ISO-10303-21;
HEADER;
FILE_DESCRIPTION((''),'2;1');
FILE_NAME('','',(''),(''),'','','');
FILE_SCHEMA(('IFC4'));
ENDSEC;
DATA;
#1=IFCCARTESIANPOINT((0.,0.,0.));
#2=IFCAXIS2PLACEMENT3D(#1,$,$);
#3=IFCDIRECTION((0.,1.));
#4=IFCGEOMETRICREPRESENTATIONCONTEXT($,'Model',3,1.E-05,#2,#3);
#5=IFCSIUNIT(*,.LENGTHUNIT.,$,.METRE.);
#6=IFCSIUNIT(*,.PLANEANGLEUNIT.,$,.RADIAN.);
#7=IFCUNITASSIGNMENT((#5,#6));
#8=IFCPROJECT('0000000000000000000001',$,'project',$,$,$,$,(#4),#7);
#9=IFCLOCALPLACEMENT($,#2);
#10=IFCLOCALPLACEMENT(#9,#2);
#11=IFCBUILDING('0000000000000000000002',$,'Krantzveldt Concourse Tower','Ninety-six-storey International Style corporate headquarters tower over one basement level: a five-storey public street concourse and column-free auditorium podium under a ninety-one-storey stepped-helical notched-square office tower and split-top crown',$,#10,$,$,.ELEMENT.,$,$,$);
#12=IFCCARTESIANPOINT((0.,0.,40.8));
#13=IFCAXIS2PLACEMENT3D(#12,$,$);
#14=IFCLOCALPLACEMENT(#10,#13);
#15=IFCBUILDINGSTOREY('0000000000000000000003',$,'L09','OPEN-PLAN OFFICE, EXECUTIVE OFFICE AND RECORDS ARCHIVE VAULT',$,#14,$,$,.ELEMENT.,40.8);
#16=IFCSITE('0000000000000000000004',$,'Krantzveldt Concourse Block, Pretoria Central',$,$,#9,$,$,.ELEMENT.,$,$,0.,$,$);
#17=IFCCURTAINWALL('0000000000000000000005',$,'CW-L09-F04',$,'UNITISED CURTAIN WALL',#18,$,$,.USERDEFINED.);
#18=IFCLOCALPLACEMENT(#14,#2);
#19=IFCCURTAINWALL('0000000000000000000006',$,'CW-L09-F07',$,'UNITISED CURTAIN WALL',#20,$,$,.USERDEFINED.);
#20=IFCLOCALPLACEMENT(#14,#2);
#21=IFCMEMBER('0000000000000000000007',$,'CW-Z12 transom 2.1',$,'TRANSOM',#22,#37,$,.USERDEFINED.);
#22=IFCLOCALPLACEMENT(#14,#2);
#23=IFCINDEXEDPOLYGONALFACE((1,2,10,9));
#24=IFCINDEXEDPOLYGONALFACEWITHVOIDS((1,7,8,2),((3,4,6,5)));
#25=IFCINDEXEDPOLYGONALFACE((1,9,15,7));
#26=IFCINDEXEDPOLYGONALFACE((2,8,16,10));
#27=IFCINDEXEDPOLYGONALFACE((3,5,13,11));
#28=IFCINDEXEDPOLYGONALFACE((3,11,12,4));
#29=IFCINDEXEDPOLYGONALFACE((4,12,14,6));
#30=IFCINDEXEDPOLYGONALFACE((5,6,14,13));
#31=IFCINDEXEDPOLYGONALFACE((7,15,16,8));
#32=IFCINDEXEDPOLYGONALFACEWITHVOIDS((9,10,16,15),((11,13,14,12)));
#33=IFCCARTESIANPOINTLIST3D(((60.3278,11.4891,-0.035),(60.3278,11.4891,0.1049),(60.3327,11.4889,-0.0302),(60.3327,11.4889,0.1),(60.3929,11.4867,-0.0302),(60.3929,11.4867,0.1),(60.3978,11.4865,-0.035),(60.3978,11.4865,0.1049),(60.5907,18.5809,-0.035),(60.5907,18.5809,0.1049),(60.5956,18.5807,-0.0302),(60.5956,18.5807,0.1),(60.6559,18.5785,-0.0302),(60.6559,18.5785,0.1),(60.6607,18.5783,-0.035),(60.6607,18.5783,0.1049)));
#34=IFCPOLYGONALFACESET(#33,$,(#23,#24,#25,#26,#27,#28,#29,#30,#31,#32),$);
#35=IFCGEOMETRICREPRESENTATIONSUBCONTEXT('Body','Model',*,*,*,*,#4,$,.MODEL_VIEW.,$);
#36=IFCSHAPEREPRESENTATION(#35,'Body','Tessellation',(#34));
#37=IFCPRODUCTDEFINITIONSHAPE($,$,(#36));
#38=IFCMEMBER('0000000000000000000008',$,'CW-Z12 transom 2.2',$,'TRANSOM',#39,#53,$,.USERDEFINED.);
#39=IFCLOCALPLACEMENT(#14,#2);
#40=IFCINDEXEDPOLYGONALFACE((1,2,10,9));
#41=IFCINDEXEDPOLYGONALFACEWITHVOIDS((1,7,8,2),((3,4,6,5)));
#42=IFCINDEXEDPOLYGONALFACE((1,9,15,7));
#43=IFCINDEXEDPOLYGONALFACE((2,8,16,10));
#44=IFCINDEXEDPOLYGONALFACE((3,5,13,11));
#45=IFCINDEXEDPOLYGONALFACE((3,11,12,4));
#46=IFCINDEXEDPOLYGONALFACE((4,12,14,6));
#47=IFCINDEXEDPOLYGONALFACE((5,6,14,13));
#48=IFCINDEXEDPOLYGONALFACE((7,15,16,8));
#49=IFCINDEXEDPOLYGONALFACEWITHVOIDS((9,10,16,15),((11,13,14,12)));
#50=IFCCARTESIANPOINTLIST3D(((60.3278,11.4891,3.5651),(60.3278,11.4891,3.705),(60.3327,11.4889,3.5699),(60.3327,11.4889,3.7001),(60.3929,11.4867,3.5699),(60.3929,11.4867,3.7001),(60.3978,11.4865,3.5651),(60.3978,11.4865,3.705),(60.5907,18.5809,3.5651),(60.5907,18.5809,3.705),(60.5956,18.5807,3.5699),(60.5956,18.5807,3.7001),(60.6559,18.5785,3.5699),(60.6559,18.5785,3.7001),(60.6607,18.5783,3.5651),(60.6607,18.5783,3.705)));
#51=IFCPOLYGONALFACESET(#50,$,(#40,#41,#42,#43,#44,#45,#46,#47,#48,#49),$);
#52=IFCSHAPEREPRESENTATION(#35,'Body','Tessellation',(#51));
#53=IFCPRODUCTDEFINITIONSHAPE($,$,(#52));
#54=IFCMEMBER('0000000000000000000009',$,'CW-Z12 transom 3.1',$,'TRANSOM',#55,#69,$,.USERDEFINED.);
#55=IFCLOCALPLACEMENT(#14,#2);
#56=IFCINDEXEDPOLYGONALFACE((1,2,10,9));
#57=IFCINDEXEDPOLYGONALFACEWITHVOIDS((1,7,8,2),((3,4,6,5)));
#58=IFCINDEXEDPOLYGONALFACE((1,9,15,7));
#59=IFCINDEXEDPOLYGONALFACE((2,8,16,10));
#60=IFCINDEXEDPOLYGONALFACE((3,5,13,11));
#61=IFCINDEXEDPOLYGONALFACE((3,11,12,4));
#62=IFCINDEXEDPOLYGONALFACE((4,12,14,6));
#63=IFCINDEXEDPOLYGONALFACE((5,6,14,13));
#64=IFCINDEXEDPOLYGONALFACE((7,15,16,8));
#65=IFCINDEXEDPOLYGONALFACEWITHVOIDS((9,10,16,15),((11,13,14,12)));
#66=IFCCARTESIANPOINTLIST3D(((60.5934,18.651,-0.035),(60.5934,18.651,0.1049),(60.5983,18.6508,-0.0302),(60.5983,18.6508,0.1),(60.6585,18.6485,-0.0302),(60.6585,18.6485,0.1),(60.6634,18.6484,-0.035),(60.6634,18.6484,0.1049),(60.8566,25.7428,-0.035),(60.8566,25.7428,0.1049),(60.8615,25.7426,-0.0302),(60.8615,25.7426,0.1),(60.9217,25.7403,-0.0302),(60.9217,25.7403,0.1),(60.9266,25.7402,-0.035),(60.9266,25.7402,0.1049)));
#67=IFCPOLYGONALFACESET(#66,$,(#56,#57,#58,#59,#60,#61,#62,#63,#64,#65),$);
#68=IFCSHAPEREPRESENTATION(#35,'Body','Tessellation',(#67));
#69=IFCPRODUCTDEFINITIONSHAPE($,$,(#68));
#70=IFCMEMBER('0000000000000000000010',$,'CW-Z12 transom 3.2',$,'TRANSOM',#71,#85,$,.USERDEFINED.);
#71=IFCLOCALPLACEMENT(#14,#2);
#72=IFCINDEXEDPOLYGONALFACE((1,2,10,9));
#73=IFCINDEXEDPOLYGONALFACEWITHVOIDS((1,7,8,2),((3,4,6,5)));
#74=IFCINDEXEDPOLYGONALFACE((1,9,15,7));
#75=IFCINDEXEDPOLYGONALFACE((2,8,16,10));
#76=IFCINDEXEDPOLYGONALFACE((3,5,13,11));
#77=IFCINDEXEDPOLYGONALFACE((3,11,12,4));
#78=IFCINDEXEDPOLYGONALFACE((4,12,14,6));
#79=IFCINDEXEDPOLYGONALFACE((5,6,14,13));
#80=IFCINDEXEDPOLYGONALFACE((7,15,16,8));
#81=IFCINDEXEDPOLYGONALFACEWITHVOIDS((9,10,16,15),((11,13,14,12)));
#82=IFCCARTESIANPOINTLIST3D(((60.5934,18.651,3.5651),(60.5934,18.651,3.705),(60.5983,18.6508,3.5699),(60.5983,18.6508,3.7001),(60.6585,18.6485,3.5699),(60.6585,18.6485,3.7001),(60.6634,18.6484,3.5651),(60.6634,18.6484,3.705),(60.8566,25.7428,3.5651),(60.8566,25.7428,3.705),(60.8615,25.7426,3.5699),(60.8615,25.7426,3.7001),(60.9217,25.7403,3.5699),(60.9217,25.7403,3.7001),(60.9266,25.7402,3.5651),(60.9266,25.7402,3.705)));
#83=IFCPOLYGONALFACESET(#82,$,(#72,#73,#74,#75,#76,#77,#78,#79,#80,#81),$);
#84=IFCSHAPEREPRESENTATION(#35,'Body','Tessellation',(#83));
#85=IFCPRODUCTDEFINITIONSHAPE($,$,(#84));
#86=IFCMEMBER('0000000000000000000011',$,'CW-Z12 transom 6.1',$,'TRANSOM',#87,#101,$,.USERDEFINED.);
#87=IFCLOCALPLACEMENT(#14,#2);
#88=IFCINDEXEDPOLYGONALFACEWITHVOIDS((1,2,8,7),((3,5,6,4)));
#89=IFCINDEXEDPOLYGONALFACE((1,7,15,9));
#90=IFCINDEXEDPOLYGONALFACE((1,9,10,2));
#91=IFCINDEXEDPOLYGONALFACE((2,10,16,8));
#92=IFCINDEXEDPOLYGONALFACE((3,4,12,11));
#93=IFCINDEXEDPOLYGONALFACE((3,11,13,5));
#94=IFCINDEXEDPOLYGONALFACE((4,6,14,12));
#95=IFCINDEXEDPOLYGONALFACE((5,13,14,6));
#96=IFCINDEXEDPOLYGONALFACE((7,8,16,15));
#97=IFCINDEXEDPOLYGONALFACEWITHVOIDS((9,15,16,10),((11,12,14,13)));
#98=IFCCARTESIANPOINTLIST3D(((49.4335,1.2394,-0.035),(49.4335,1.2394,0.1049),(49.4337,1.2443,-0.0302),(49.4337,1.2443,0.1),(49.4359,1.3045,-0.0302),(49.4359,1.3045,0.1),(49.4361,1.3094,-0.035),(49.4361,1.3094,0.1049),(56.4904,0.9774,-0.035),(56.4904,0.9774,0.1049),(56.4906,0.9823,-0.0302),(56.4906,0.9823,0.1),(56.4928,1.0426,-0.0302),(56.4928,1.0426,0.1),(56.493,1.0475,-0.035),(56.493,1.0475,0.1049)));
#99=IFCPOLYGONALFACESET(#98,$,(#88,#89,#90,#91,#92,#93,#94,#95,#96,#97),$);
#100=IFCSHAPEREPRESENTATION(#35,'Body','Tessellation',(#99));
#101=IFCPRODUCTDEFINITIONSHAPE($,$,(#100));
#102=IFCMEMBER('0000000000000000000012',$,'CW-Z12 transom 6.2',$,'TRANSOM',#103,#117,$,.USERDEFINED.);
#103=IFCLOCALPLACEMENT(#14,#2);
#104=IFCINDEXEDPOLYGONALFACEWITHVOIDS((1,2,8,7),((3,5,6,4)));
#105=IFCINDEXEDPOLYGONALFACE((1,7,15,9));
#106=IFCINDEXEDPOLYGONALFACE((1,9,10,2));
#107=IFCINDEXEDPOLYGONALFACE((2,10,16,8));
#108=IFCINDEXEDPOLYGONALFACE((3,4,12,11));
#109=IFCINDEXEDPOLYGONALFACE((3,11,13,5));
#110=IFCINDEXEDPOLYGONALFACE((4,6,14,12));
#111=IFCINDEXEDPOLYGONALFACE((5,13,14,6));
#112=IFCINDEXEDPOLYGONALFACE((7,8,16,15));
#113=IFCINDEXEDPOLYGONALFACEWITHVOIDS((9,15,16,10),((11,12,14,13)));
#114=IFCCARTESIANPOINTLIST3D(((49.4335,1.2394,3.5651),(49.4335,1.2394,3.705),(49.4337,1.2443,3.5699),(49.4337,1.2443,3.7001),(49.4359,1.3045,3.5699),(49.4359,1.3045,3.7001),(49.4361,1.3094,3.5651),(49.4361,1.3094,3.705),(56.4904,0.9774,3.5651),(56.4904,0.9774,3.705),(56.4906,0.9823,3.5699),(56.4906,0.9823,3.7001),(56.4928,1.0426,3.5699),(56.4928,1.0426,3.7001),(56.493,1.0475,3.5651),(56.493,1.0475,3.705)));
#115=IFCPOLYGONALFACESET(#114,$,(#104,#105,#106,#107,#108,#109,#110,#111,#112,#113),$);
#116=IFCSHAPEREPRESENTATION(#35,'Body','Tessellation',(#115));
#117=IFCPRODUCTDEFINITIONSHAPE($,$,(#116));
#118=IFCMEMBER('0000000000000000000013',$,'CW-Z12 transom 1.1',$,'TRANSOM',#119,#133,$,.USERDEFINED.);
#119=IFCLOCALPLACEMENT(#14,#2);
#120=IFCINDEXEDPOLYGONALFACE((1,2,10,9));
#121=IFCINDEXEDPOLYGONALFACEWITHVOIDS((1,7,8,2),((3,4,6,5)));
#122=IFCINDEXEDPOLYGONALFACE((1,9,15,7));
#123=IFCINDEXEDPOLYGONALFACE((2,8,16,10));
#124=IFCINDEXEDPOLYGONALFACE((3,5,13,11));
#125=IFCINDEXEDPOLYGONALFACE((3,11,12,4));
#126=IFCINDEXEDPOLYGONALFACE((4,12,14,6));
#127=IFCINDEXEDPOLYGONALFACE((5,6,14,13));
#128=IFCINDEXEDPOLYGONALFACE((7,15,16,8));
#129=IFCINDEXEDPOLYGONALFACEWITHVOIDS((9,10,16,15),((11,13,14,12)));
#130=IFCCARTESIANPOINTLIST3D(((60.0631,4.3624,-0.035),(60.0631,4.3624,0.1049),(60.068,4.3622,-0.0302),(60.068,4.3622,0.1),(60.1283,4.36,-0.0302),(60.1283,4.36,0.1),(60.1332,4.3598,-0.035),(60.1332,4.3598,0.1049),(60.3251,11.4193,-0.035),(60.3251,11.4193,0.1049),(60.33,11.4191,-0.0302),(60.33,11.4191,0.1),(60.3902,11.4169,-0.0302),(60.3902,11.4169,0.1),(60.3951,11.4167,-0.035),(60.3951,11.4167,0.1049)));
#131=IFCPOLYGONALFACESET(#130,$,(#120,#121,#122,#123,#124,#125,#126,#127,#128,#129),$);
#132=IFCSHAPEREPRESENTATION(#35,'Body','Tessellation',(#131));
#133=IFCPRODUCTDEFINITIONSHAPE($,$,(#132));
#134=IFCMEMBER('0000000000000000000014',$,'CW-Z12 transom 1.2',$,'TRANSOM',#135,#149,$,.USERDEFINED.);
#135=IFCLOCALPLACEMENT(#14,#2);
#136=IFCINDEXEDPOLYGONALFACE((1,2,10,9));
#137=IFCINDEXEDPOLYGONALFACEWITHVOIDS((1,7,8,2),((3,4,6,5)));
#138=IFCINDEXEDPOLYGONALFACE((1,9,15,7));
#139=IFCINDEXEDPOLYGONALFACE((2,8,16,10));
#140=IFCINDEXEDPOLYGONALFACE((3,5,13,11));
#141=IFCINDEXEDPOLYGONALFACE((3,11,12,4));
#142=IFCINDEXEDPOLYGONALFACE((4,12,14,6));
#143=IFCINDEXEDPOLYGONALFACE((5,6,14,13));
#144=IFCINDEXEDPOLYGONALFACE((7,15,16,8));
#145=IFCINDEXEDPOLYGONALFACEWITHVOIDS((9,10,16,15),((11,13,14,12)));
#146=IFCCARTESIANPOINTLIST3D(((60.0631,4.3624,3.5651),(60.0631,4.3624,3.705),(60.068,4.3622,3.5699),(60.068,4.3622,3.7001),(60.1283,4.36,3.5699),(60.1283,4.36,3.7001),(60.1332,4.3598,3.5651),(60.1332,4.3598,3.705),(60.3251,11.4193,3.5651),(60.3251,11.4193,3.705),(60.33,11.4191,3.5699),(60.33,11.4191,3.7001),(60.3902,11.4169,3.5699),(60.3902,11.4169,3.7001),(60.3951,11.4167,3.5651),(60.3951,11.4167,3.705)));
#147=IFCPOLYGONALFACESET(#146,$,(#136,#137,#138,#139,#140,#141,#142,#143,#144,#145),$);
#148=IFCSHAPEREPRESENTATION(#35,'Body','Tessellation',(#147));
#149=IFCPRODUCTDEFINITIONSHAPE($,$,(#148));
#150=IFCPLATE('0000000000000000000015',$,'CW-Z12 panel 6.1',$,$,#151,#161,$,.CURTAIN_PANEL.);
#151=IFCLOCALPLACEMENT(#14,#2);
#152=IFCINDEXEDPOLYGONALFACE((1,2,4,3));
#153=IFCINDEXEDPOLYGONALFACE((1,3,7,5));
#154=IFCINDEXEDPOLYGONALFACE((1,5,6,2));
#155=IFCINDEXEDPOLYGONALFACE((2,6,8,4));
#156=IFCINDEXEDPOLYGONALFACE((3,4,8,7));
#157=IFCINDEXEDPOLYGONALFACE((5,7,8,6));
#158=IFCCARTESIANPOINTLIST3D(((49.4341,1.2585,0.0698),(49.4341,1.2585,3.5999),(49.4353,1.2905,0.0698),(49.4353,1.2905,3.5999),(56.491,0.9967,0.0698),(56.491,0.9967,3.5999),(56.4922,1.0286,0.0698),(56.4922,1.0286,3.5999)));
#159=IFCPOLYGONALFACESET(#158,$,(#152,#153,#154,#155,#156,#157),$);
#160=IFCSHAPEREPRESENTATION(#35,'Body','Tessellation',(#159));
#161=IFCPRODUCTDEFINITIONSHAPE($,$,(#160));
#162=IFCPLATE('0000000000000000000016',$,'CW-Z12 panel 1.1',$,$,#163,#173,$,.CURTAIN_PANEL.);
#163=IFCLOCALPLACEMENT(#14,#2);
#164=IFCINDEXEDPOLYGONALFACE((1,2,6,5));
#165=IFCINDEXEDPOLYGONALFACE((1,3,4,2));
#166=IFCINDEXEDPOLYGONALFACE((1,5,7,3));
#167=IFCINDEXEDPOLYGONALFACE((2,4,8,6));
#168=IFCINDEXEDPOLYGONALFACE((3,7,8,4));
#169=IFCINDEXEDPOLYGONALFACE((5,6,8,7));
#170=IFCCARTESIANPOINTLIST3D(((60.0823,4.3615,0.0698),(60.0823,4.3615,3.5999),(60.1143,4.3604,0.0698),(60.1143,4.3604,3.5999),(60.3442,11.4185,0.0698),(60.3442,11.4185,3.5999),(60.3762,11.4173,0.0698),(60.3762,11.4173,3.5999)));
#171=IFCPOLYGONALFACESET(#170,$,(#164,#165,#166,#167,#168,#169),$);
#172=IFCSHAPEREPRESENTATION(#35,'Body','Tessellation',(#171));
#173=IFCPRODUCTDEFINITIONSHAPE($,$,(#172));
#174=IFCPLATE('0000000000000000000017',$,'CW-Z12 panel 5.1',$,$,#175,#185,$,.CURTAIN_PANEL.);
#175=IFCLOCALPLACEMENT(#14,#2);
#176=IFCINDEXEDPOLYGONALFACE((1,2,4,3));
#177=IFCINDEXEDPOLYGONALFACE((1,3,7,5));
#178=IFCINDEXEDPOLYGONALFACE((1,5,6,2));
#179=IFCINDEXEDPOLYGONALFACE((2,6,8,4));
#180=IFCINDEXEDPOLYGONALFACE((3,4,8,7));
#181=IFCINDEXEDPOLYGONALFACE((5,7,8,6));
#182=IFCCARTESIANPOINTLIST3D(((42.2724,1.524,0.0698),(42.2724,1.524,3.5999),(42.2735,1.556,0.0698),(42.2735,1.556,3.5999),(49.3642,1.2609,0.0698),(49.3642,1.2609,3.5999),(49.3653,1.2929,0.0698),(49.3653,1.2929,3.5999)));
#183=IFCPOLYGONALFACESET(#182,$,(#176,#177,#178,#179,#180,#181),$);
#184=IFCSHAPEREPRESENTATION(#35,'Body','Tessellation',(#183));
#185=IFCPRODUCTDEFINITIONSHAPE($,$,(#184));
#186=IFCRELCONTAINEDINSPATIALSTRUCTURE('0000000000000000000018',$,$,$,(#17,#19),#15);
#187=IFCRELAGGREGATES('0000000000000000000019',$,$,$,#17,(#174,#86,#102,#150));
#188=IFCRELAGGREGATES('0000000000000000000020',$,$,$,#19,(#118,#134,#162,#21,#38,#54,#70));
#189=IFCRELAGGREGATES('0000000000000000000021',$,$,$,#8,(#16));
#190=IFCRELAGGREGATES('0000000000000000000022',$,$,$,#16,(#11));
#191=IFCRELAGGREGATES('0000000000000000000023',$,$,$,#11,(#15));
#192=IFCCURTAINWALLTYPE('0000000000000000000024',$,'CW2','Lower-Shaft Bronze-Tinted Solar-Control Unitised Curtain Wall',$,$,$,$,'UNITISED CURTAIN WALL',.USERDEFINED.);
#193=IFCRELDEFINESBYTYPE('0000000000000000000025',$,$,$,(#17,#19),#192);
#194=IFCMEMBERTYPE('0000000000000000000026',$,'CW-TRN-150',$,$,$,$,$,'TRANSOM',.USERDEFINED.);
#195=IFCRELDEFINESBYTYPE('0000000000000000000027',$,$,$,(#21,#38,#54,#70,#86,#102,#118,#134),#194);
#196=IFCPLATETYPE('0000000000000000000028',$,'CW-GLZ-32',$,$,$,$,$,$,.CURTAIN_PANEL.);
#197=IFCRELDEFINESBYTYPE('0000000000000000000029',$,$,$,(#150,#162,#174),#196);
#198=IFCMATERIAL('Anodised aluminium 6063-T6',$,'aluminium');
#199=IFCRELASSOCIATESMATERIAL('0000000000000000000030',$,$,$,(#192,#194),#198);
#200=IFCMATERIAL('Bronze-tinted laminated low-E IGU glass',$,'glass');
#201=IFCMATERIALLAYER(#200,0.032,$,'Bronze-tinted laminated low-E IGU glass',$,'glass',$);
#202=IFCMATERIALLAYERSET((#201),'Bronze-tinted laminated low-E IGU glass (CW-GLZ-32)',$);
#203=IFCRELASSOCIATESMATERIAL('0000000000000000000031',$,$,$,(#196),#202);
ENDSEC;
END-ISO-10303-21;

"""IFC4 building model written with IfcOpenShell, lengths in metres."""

from ifc_helpers import new_model, si_unit, direction, frame, origin, origin_2d, place, context, subcontext, project, spatial, rectangle, hollow_rectangle, extrude, source, transform, mapped, material, layer, layer_set, material_profile, profile_set, type_object, type_shapes, element, aggregate, save


model = new_model("IFC4")

# Units and contexts
model_context = context("Model", 3, precision=1e-05, world=origin(), true_north=direction((0.0, 1.0)))
body_context = subcontext(model_context, "Body", "Model", "MODEL_VIEW")
ifc_project = project(units=[si_unit("LENGTHUNIT", "METRE"), si_unit("PLANEANGLEUNIT", "RADIAN")], contexts=[model_context])

# Site, building, storey
site_placement = place(None, origin())
site = spatial("IfcSite", under=ifc_project, at=site_placement, Name="Krantzveldt Concourse Block, Pretoria Central", CompositionType="ELEMENT", RefElevation=0.0)
building_placement = place(site_placement, origin())
building = spatial("IfcBuilding", under=site, at=building_placement, Name="Krantzveldt Concourse Tower", Description="Ninety-six-storey International Style corporate headquarters tower over one basement level: a five-storey public street concourse and column-free auditorium podium under a ninety-one-storey stepped-helical notched-square office tower and split-top crown", CompositionType="ELEMENT")
storey_placement = place(building_placement, frame((0.0, 0.0, 40.8)))
storey = spatial("IfcBuildingStorey", under=building, at=storey_placement, Name="L09", Description="OPEN-PLAN OFFICE, EXECUTIVE OFFICE AND RECORDS ARCHIVE VAULT", CompositionType="ELEMENT", Elevation=40.8)

# Curtain walls, members
ifc_material_1 = material(Name="Anodised aluminium 6063-T6", Category="aluminium")
curtain_wall_type = type_object("IfcCurtainWallType", Name="CW2", Description="Lower-Shaft Bronze-Tinted Solar-Control Unitised Curtain Wall", ElementType="UNITISED CURTAIN WALL", PredefinedType="USERDEFINED", material=ifc_material_1)
curtain_wall_1_placement = place(storey_placement, origin())
curtain_wall_1 = element("IfcCurtainWall", 1, at=curtain_wall_1_placement, inside=storey, type_object=curtain_wall_type, Name="CW-L09-F04", ObjectType="UNITISED CURTAIN WALL", PredefinedType="USERDEFINED")
curtain_wall_2_placement = place(storey_placement, origin())
curtain_wall_2 = element("IfcCurtainWall", 2, at=curtain_wall_2_placement, inside=storey, type_object=curtain_wall_type, Name="CW-L09-F07", ObjectType="UNITISED CURTAIN WALL", PredefinedType="USERDEFINED")
ifc_material_profile_1 = material_profile(ifc_material_1, hollow_rectangle(XDim=0.0701, YDim=0.1399, WallThickness=0.0049, at=origin_2d()), Name="Anodised aluminium 6063-T6", Category="aluminium")
ifc_profile_set_1 = profile_set([ifc_material_profile_1], Name="Anodised aluminium 6063-T6 - ALU-TRAN 140x70x5")
member_type_1 = type_object("IfcMemberType", Name="CW-TRN-150", ElementType="TRANSOM", PredefinedType="USERDEFINED", material=ifc_profile_set_1)
shared_shape_1 = source(origin(), body_context, "Body", "SweptSolid", [
    extrude(hollow_rectangle(XDim=0.0701, YDim=0.1399, WallThickness=0.0049, at=origin_2d()), origin(), (0.0, 0.0, 1.0), 7.0967),
])
member_1_placement = place(storey_placement, frame((60.3628, 11.4878, 0.0349), z_axis=(0.037051, 0.999313, 0.0), x_axis=(-0.999313, 0.037051, 0.0)))
member_1 = element("IfcMember", 3, at=member_1_placement, type_object=member_type_1, Name="CW-Z12 transom 2.1", ObjectType="TRANSOM", PredefinedType="USERDEFINED", context=body_context, shape_type="MappedRepresentation", body=[
    mapped(shared_shape_1, transform((0.0, 0.0, 0.0), x_axis=(1.0, 0.0, 0.0), y_axis=(0.0, 1.0, 0.0), z_axis=(0.0, 0.0, 1.0), scale=1.0)),
])
member_2_placement = place(storey_placement, frame((60.3628, 11.4878, 3.635), z_axis=(0.037051, 0.999313, 0.0), x_axis=(-0.999313, 0.037051, 0.0)))
member_2 = element("IfcMember", 4, at=member_2_placement, type_object=member_type_1, Name="CW-Z12 transom 2.2", ObjectType="TRANSOM", PredefinedType="USERDEFINED", context=body_context, shape_type="MappedRepresentation", body=[
    mapped(shared_shape_1, transform((0.0, 0.0, 0.0), x_axis=(1.0, 0.0, 0.0), y_axis=(0.0, 1.0, 0.0), z_axis=(0.0, 0.0, 1.0), scale=1.0)),
])
member_3_placement = place(storey_placement, frame((60.6284, 18.6497, 0.0349), z_axis=(0.037085, 0.999312, 0.0), x_axis=(-0.999312, 0.037085, 0.0)))
member_3 = element("IfcMember", 5, at=member_3_placement, type_object=member_type_1, Name="CW-Z12 transom 3.1", ObjectType="TRANSOM", PredefinedType="USERDEFINED", context=body_context, shape_type="MappedRepresentation", body=[
    mapped(shared_shape_1, transform((0.0, 0.0, 0.0), x_axis=(1.0, 0.0, 0.0), y_axis=(0.0, 1.0, 0.0), z_axis=(0.0, 0.0, 1.0), scale=1.0)),
])
member_4_placement = place(storey_placement, frame((60.6284, 18.6497, 3.635), z_axis=(0.037085, 0.999312, 0.0), x_axis=(-0.999312, 0.037085, 0.0)))
member_4 = element("IfcMember", 6, at=member_4_placement, type_object=member_type_1, Name="CW-Z12 transom 3.2", ObjectType="TRANSOM", PredefinedType="USERDEFINED", context=body_context, shape_type="MappedRepresentation", body=[
    mapped(shared_shape_1, transform((0.0, 0.0, 0.0), x_axis=(1.0, 0.0, 0.0), y_axis=(0.0, 1.0, 0.0), z_axis=(0.0, 0.0, 1.0), scale=1.0)),
])

# Members
shared_shape_2 = source(origin(), body_context, "Body", "SweptSolid", [
    extrude(hollow_rectangle(XDim=0.0701, YDim=0.1399, WallThickness=0.0049, at=origin_2d()), origin(), (0.0, 0.0, 1.0), 7.0618),
])
type_shapes(member_type_1, [shared_shape_1, shared_shape_2])
member_5_placement = place(storey_placement, frame((49.4348, 1.2744, 0.0349), z_axis=(0.999312, -0.037096, 0.0), x_axis=(0.037096, 0.999312, 0.0)))
member_5 = element("IfcMember", 7, at=member_5_placement, type_object=member_type_1, Name="CW-Z12 transom 6.1", ObjectType="TRANSOM", PredefinedType="USERDEFINED", context=body_context, shape_type="MappedRepresentation", body=[
    mapped(shared_shape_2, transform((0.0, 0.0, 0.0), x_axis=(1.0, 0.0, 0.0), y_axis=(0.0, 1.0, 0.0), z_axis=(0.0, 0.0, 1.0), scale=1.0)),
])
member_6_placement = place(storey_placement, frame((49.4348, 1.2744, 3.635), z_axis=(0.999312, -0.037096, 0.0), x_axis=(0.037096, 0.999312, 0.0)))
member_6 = element("IfcMember", 8, at=member_6_placement, type_object=member_type_1, Name="CW-Z12 transom 6.2", ObjectType="TRANSOM", PredefinedType="USERDEFINED", context=body_context, shape_type="MappedRepresentation", body=[
    mapped(shared_shape_2, transform((0.0, 0.0, 0.0), x_axis=(1.0, 0.0, 0.0), y_axis=(0.0, 1.0, 0.0), z_axis=(0.0, 0.0, 1.0), scale=1.0)),
])
member_7_placement = place(storey_placement, frame((60.0981, 4.3611, 0.0349), z_axis=(0.037096, 0.999312, 0.0), x_axis=(-0.999312, 0.037096, 0.0)))
member_7 = element("IfcMember", 9, at=member_7_placement, type_object=member_type_1, Name="CW-Z12 transom 1.1", ObjectType="TRANSOM", PredefinedType="USERDEFINED", context=body_context, shape_type="MappedRepresentation", body=[
    mapped(shared_shape_2, transform((0.0, 0.0, 0.0), x_axis=(1.0, 0.0, 0.0), y_axis=(0.0, 1.0, 0.0), z_axis=(0.0, 0.0, 1.0), scale=1.0)),
])
member_8_placement = place(storey_placement, frame((60.0981, 4.3611, 3.635), z_axis=(0.037096, 0.999312, 0.0), x_axis=(-0.999312, 0.037096, 0.0)))
member_8 = element("IfcMember", 10, at=member_8_placement, type_object=member_type_1, Name="CW-Z12 transom 1.2", ObjectType="TRANSOM", PredefinedType="USERDEFINED", context=body_context, shape_type="MappedRepresentation", body=[
    mapped(shared_shape_2, transform((0.0, 0.0, 0.0), x_axis=(1.0, 0.0, 0.0), y_axis=(0.0, 1.0, 0.0), z_axis=(0.0, 0.0, 1.0), scale=1.0)),
])

# Plates
ifc_material_2 = material(Name="Bronze-tinted laminated low-E IGU glass", Category="glass")
ifc_layer_1 = layer(ifc_material_2, 0.032, Name="Bronze-tinted laminated low-E IGU glass", Category="glass")
ifc_layer_set_1 = layer_set([ifc_layer_1], Name="Bronze-tinted laminated low-E IGU glass (CW-GLZ-32)")
plate_type = type_object("IfcPlateType", Name="CW-GLZ-32", PredefinedType="CURTAIN_PANEL", material=ifc_layer_set_1)
shared_shape_3 = source(origin(), body_context, "Body", "SweptSolid", [
    extrude(rectangle(XDim=7.0618, YDim=0.032, at=origin_2d()), origin(), (0.0, 0.0, 1.0), 3.53),
])
plate_1_placement = place(storey_placement, frame((52.9631, 1.1436, 0.0698), z_axis=(0.0, 0.0, 1.0), x_axis=(0.999312, -0.03708, 0.0)))
plate_1 = element("IfcPlate", 11, at=plate_1_placement, type_object=plate_type, Name="CW-Z12 panel 6.1", PredefinedType="CURTAIN_PANEL", context=body_context, shape_type="MappedRepresentation", body=[
    mapped(shared_shape_3, transform((0.0, 0.0, 0.0), x_axis=(1.0, 0.0, 0.0), y_axis=(0.0, 1.0, 0.0), z_axis=(0.0, 0.0, 1.0), scale=1.0)),
])
plate_2_placement = place(storey_placement, frame((60.2292, 7.8894, 0.0698), z_axis=(0.0, 0.0, 1.0), x_axis=(0.03708, 0.999312, 0.0)))
plate_2 = element("IfcPlate", 12, at=plate_2_placement, type_object=plate_type, Name="CW-Z12 panel 1.1", PredefinedType="CURTAIN_PANEL", context=body_context, shape_type="MappedRepresentation", body=[
    mapped(shared_shape_3, transform((0.0, 0.0, 0.0), x_axis=(1.0, 0.0, 0.0), y_axis=(0.0, 1.0, 0.0), z_axis=(0.0, 0.0, 1.0), scale=1.0)),
])
shared_shape_4 = source(origin(), body_context, "Body", "SweptSolid", [
    extrude(rectangle(XDim=7.0967, YDim=0.032, at=origin_2d()), origin(), (0.0, 0.0, 1.0), 3.53),
])
type_shapes(plate_type, [shared_shape_3, shared_shape_4])
plate_3_placement = place(storey_placement, frame((45.8188, 1.4084, 0.0698), z_axis=(0.0, 0.0, 1.0), x_axis=(0.999312, -0.03708, 0.0)))
plate_3 = element("IfcPlate", 13, at=plate_3_placement, type_object=plate_type, Name="CW-Z12 panel 5.1", PredefinedType="CURTAIN_PANEL", context=body_context, shape_type="MappedRepresentation", body=[
    mapped(shared_shape_4, transform((0.0, 0.0, 0.0), x_axis=(1.0, 0.0, 0.0), y_axis=(0.0, 1.0, 0.0), z_axis=(0.0, 0.0, 1.0), scale=1.0)),
])
aggregate(curtain_wall_1, [plate_3, member_5, member_6, plate_1])
aggregate(curtain_wall_2, [member_7, member_8, plate_2, member_1, member_2, member_3, member_4])

save(model, "model.ifc")
